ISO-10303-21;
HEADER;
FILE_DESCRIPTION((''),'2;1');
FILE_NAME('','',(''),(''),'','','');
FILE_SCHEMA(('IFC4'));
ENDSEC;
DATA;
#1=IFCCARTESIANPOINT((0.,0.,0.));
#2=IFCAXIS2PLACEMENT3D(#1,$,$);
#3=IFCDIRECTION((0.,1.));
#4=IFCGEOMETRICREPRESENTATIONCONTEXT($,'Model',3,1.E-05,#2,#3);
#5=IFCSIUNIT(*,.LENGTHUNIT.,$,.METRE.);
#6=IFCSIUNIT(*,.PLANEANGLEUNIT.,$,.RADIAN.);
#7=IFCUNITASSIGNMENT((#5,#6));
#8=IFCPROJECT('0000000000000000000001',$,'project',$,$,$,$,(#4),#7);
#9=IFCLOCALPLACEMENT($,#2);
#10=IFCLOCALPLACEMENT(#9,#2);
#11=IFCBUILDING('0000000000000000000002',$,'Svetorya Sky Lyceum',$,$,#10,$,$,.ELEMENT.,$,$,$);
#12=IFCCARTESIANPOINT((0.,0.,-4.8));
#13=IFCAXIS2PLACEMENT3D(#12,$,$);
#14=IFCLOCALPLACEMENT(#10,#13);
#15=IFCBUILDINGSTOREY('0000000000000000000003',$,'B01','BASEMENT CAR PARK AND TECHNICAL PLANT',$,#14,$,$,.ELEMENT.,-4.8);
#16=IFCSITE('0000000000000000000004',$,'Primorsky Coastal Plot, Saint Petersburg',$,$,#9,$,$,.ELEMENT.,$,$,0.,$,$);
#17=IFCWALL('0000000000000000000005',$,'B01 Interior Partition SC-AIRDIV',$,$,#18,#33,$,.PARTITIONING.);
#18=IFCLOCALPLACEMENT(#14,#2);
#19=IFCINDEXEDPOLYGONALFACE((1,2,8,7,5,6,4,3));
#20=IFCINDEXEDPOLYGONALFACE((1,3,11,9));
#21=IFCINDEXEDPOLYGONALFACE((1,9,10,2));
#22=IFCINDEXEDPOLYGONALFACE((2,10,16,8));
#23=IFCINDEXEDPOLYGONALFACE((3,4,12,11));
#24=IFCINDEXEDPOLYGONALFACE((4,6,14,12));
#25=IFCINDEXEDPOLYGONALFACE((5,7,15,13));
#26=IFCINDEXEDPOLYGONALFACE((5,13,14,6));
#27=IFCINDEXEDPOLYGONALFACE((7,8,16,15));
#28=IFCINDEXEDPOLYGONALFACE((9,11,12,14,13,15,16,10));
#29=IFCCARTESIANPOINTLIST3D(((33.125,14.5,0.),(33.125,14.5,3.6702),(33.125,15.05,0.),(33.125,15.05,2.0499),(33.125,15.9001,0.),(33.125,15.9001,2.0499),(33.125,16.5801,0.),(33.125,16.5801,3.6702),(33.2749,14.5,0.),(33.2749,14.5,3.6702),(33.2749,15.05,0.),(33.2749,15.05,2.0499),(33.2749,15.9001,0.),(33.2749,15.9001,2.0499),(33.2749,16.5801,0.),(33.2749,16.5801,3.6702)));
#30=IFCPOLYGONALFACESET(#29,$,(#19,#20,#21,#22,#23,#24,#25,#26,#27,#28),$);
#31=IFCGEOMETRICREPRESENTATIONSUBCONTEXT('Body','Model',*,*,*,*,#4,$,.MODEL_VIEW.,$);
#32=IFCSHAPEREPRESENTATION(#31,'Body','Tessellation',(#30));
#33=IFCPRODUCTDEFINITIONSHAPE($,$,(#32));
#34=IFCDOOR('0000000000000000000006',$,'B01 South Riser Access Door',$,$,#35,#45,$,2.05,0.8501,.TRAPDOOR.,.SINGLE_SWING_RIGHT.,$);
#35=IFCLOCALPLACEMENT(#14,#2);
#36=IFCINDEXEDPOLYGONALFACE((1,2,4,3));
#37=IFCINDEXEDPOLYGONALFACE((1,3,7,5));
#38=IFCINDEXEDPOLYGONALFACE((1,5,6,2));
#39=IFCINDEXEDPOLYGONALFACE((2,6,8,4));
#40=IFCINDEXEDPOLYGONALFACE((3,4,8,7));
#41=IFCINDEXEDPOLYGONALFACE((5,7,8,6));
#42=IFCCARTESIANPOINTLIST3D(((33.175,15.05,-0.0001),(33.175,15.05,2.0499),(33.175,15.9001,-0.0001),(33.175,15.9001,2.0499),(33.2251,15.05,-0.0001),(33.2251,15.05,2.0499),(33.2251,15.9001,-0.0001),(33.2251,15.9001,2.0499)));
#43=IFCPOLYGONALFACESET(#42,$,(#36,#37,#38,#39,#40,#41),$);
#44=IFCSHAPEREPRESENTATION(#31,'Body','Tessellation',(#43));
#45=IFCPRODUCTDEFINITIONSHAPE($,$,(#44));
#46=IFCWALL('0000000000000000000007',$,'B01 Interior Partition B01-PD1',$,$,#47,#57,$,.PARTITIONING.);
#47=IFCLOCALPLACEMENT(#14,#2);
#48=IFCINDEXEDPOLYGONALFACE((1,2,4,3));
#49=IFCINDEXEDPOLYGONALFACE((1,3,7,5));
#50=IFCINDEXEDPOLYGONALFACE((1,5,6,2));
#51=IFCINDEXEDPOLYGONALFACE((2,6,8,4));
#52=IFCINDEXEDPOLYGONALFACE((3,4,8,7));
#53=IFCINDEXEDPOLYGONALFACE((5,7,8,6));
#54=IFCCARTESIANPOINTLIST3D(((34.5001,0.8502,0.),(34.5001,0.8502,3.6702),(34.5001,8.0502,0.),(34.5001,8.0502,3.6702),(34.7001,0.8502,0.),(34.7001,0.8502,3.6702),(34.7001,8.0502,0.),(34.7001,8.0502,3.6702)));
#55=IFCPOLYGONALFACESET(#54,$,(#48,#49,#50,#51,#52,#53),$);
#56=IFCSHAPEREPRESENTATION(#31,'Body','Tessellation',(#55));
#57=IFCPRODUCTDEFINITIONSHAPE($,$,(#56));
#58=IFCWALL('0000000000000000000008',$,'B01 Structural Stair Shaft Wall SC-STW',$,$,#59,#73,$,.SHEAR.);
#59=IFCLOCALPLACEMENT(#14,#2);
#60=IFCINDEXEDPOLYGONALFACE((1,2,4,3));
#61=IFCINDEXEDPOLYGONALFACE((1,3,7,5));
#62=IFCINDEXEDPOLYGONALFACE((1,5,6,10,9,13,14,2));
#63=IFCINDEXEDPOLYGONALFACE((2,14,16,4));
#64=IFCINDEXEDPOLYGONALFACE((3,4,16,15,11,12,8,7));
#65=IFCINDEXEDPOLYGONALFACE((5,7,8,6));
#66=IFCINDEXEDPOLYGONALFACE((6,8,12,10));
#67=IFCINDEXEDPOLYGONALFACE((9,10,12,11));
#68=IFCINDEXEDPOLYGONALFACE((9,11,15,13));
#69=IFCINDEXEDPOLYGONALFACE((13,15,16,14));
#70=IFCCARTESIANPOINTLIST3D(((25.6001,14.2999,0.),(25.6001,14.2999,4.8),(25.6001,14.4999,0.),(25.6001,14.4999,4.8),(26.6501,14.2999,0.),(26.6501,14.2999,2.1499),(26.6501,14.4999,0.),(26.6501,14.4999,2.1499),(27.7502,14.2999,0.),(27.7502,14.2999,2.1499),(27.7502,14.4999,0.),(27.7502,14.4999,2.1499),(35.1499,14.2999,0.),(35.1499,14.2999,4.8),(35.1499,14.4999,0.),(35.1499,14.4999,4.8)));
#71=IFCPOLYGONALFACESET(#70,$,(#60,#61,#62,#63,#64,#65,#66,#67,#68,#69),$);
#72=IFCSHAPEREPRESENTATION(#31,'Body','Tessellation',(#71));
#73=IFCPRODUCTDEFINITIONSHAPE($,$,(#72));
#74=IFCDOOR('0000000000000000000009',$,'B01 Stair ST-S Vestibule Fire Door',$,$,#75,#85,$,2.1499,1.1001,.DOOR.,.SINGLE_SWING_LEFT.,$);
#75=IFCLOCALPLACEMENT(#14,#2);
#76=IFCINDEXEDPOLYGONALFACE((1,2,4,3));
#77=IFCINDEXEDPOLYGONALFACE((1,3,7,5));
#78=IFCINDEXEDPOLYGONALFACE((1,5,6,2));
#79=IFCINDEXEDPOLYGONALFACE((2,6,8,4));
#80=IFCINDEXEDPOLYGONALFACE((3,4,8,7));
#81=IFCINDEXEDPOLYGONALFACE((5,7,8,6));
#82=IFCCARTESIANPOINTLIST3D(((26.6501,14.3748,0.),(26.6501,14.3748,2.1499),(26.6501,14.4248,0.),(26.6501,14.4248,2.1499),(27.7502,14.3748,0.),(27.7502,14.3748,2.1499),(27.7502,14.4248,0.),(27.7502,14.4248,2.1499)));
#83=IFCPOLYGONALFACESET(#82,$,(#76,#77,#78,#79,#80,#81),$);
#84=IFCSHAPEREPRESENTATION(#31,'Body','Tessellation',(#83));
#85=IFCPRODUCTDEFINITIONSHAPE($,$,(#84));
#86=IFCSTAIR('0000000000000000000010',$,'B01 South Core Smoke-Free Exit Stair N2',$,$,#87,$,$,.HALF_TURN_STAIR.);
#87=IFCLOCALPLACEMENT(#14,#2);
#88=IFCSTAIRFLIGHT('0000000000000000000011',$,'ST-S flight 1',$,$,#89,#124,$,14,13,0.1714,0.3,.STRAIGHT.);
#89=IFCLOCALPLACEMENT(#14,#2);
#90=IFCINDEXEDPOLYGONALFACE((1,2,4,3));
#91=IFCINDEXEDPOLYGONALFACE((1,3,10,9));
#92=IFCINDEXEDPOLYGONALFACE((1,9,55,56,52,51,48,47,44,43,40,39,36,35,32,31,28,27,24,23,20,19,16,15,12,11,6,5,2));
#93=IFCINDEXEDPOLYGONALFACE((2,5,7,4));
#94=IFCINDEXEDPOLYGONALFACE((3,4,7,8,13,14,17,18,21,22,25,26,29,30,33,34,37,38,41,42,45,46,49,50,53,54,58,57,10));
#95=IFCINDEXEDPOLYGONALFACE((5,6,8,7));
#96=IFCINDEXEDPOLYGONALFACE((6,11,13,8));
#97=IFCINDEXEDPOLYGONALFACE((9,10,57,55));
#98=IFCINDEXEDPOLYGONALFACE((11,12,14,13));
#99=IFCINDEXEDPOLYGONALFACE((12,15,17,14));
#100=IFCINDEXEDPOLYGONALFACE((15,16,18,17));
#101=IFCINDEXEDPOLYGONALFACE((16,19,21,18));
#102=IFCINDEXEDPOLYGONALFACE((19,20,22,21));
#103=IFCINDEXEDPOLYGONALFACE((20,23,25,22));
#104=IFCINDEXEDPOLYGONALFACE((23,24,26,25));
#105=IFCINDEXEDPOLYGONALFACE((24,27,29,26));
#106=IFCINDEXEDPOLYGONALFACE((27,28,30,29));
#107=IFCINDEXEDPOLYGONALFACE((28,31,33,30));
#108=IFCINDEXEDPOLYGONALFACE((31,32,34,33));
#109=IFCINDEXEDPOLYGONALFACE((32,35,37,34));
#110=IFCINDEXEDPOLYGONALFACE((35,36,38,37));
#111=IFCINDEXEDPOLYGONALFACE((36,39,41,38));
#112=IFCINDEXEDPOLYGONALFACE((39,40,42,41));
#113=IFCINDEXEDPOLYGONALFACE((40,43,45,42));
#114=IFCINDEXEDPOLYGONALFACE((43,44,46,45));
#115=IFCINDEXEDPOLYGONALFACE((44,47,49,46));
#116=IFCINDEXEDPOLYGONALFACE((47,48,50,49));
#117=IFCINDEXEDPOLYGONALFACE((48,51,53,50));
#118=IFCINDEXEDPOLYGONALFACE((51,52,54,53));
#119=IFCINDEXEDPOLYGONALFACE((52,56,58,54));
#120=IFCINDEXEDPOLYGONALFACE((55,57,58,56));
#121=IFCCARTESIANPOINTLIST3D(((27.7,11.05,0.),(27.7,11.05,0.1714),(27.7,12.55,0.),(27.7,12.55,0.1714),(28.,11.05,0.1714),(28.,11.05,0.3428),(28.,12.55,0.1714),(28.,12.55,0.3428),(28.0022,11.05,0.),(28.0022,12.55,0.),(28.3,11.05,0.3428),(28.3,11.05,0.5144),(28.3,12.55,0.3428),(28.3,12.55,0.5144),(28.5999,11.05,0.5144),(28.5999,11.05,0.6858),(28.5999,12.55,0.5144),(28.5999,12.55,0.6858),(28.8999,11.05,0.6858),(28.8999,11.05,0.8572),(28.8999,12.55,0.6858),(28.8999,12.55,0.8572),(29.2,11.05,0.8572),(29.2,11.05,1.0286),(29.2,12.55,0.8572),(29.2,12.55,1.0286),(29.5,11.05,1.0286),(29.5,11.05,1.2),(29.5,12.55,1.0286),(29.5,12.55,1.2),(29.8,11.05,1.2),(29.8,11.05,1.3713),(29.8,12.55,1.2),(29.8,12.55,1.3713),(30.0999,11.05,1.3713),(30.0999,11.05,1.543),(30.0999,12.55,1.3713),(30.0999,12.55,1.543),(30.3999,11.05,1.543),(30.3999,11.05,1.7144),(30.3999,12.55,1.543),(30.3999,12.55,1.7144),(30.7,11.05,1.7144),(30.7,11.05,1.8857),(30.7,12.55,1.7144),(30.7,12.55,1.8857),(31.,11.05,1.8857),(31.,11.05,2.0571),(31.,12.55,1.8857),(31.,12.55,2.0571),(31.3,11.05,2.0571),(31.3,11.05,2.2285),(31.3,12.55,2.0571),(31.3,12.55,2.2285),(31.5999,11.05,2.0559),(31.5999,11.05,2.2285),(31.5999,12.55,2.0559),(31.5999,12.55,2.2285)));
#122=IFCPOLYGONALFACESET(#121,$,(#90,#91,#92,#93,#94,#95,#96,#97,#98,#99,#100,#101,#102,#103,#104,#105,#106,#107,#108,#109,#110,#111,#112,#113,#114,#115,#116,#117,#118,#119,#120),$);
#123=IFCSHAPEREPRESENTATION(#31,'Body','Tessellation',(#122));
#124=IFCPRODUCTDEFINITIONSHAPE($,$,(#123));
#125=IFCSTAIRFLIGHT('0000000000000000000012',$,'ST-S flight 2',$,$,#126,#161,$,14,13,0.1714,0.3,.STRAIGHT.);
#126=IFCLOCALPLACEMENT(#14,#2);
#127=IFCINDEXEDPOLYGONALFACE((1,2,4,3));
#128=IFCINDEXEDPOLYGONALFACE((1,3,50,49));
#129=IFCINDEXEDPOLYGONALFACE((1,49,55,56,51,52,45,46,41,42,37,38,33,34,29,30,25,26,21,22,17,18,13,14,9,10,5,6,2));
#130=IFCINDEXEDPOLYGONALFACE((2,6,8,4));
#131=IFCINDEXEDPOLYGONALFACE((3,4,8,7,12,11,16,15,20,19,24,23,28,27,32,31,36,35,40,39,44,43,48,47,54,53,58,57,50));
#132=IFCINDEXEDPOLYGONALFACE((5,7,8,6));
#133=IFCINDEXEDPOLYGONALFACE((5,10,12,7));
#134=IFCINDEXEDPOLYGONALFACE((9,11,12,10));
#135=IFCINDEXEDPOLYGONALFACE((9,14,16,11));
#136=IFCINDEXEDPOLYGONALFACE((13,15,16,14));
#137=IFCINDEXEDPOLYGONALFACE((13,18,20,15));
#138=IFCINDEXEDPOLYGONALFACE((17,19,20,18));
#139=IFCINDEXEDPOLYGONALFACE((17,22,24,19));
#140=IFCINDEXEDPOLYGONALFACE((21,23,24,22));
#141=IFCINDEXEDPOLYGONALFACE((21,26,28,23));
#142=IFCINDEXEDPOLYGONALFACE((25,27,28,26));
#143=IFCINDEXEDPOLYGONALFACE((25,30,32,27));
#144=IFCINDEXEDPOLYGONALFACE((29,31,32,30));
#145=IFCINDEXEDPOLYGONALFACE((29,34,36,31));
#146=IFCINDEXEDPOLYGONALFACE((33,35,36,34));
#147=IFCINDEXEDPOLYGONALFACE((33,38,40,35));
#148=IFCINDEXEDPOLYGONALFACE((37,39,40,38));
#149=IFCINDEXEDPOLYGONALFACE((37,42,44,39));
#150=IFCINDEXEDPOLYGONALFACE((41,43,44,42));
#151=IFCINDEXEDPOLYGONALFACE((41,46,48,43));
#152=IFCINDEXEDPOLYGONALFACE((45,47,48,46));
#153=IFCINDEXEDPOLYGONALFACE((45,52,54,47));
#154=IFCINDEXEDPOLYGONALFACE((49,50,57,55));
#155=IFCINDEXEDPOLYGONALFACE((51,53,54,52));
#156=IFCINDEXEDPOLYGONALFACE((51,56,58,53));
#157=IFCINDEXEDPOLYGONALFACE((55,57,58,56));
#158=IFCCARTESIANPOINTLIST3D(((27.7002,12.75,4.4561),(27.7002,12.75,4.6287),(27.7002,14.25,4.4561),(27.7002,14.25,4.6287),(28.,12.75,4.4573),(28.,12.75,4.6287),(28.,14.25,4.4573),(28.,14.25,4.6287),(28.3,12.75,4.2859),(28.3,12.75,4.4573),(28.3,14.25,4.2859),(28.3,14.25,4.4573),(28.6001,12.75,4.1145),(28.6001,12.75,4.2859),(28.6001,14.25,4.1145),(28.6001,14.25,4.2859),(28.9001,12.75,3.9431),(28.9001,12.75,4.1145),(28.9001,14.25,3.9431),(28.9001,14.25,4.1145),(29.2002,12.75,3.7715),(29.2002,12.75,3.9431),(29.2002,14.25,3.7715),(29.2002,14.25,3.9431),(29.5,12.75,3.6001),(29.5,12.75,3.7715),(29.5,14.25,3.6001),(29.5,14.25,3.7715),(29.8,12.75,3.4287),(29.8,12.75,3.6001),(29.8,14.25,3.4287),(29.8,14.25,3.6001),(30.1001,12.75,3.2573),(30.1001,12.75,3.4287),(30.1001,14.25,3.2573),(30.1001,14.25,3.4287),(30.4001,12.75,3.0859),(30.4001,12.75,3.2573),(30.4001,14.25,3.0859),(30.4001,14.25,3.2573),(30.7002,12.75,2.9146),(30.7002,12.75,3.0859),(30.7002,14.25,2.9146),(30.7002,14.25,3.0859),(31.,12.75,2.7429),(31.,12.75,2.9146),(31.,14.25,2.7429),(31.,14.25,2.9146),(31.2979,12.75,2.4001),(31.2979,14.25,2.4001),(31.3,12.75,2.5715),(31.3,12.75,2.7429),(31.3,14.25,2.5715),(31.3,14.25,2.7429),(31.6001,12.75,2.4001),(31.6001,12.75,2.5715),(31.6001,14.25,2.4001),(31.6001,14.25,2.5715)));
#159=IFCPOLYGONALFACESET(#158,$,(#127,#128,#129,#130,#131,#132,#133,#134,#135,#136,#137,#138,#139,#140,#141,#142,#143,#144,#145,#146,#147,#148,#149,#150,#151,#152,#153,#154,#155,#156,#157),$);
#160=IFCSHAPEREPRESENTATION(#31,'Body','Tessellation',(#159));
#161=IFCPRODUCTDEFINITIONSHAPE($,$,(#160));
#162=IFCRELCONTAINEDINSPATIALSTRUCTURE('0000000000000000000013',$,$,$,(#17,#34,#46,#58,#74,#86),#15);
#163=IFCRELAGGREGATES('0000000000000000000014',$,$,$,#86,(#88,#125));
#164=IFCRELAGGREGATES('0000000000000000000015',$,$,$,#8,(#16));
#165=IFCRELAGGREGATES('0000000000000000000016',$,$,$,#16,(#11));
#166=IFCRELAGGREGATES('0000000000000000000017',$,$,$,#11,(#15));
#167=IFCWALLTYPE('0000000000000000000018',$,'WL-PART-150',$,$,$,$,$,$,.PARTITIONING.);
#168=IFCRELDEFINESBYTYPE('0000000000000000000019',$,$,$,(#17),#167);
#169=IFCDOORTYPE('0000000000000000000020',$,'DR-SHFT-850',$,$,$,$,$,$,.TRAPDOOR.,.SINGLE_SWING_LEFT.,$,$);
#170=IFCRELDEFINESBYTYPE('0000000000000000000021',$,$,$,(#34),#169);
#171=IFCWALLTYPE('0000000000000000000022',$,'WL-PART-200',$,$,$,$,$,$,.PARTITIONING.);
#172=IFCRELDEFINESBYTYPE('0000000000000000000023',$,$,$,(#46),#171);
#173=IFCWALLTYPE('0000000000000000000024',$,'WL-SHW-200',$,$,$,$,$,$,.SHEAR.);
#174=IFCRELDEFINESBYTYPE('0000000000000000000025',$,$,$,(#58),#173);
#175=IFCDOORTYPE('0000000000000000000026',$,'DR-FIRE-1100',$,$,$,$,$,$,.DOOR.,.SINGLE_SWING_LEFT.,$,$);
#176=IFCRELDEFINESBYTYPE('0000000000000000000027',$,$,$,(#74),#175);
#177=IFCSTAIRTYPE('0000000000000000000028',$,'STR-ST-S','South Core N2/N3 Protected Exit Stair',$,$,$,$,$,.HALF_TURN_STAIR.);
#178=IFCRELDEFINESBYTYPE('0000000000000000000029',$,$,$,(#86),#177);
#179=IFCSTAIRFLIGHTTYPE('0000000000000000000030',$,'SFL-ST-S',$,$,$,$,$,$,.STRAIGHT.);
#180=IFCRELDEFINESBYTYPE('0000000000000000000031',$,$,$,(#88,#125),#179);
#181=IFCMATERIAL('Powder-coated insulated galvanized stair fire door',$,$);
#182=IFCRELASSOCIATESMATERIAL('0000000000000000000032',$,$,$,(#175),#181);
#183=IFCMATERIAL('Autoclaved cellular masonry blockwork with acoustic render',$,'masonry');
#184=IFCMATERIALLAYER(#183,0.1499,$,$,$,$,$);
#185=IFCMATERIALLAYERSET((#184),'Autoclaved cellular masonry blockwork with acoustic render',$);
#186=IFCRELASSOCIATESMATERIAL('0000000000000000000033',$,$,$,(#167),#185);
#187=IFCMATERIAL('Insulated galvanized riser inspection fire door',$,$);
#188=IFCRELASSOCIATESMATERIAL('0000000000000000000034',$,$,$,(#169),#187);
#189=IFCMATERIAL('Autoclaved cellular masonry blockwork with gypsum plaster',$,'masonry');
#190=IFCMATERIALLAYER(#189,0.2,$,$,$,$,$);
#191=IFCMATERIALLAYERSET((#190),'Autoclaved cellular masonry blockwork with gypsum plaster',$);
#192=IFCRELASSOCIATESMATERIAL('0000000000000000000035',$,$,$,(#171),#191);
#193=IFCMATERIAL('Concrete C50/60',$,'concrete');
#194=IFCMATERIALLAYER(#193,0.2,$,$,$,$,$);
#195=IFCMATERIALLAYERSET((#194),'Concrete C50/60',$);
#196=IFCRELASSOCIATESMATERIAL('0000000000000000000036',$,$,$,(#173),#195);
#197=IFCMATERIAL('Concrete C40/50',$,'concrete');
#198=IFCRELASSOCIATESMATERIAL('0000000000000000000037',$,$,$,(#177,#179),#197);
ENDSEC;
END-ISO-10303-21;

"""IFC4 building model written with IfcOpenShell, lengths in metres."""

from ifc_helpers import new_model, si_unit, direction, frame, frame_2d, origin, place, context, subcontext, project, spatial, polyline, rectangle, outline, extrude, material, layer, layer_set, type_object, element, fill, aggregate, save


model = new_model("IFC4")

# Units and contexts
model_context = context("Model", 3, precision=1e-05, world=origin(), true_north=direction((0.0, 1.0)))
body_context = subcontext(model_context, "Body", "Model", "MODEL_VIEW")
ifc_project = project(units=[si_unit("LENGTHUNIT", "METRE"), si_unit("PLANEANGLEUNIT", "RADIAN")], contexts=[model_context])

# Site, building, storey
site_placement = place(None, origin())
site = spatial("IfcSite", under=ifc_project, at=site_placement, Name="Primorsky Coastal Plot, Saint Petersburg", CompositionType="ELEMENT", RefElevation=0.0)
building_placement = place(site_placement, origin())
building = spatial("IfcBuilding", under=site, at=building_placement, Name="Svetorya Sky Lyceum", CompositionType="ELEMENT")
storey_placement = place(building_placement, frame((0.0, 0.0, -4.8)))
storey = spatial("IfcBuildingStorey", under=building, at=storey_placement, Name="B01", Description="BASEMENT CAR PARK AND TECHNICAL PLANT", CompositionType="ELEMENT", Elevation=-4.8)

# Shared definitions
ifc_material_1 = material(Name="Concrete C40/50", Category="concrete")

# Shared definitions
ifc_material_2 = material(Name="Powder-coated insulated galvanized stair fire door")
door_type_1 = type_object("IfcDoorType", Name="DR-FIRE-1100", OperationType="SINGLE_SWING_LEFT", PredefinedType="DOOR", material=ifc_material_2)

# Wall, opening, door
ifc_material_3 = material(Name="Autoclaved cellular masonry blockwork with acoustic render", Category="masonry")
ifc_layer_1 = layer(ifc_material_3, 0.1499)
ifc_layer_set_1 = layer_set([ifc_layer_1], Name="Autoclaved cellular masonry blockwork with acoustic render")
wall_type_1 = type_object("IfcWallType", Name="WL-PART-150", PredefinedType="PARTITIONING", material=ifc_layer_set_1)
wall_1_placement = place(storey_placement, frame((33.2, 14.5, 0.0), z_axis=(0.0, 0.0, 1.0), x_axis=(0.0, 1.0, 0.0)))
wall_1 = element("IfcWall", 1, at=wall_1_placement, inside=storey, type_object=wall_type_1, Name="B01 Interior Partition SC-AIRDIV", PredefinedType="PARTITIONING", context=body_context, shape_type="SweptSolid", body=[
    extrude(rectangle(XDim=2.0801, YDim=0.1499, at=frame_2d((1.04, 0.0))), origin(), (0.0, 0.0, 1.0), 3.6702),
])
opening_1_placement = place(wall_1_placement, frame((0.55, 0.0, 0.0)))
opening_1 = element("IfcOpeningElement", 2, at=opening_1_placement, cuts=wall_1, PredefinedType="OPENING", context=body_context, shape_type="SweptSolid", body=[
    extrude(rectangle(XDim=0.8501, YDim=2.05, at=frame_2d((0.425, 1.0249))), frame((0.0, 0.085, 0.0), z_axis=(0.0, -1.0, 0.0), x_axis=(1.0, 0.0, 0.0)), (0.0, 0.0, 1.0), 0.1699),
])
ifc_material_4 = material(Name="Insulated galvanized riser inspection fire door")
door_type_2 = type_object("IfcDoorType", Name="DR-SHFT-850", OperationType="SINGLE_SWING_LEFT", PredefinedType="TRAPDOOR", material=ifc_material_4)
door_1_placement = place(opening_1_placement, origin())
door_1 = element("IfcDoor", 3, at=door_1_placement, inside=storey, type_object=door_type_2, Name="B01 South Riser Access Door", OperationType="SINGLE_SWING_RIGHT", OverallHeight=2.05, OverallWidth=0.8501, PredefinedType="TRAPDOOR", context=body_context, shape_type="SweptSolid", body=[
    extrude(rectangle(XDim=0.8501, YDim=2.05, at=frame_2d((0.425, 1.0249))), frame((0.0, 0.0249, 0.0), z_axis=(0.0, -1.0, 0.0), x_axis=(1.0, 0.0, 0.0)), (0.0, 0.0, 1.0), 0.05),
])
fill(opening_1, door_1)

# Wall
ifc_material_5 = material(Name="Autoclaved cellular masonry blockwork with gypsum plaster", Category="masonry")
ifc_layer_2 = layer(ifc_material_5, 0.2)
ifc_layer_set_2 = layer_set([ifc_layer_2], Name="Autoclaved cellular masonry blockwork with gypsum plaster")
wall_type_2 = type_object("IfcWallType", Name="WL-PART-200", PredefinedType="PARTITIONING", material=ifc_layer_set_2)
wall_2_placement = place(storey_placement, frame((34.6001, 0.8501, 0.0), z_axis=(0.0, 0.0, 1.0), x_axis=(0.0, 1.0, 0.0)))
element("IfcWall", 4, at=wall_2_placement, inside=storey, type_object=wall_type_2, Name="B01 Interior Partition B01-PD1", PredefinedType="PARTITIONING", context=body_context, shape_type="SweptSolid", body=[
    extrude(rectangle(XDim=7.2, YDim=0.2, at=frame_2d((3.6001, 0.0))), origin(), (0.0, 0.0, 1.0), 3.6702),
])

# Wall, opening, door
ifc_material_6 = material(Name="Concrete C50/60", Category="concrete")
ifc_layer_3 = layer(ifc_material_6, 0.2)
ifc_layer_set_3 = layer_set([ifc_layer_3], Name="Concrete C50/60")
wall_type_3 = type_object("IfcWallType", Name="WL-SHW-200", PredefinedType="SHEAR", material=ifc_layer_set_3)
wall_3_placement = place(storey_placement, frame((25.6001, 14.3999, 0.0), z_axis=(0.0, 0.0, 1.0), x_axis=(1.0, 0.0, 0.0)))
wall_3 = element("IfcWall", 5, at=wall_3_placement, inside=storey, type_object=wall_type_3, Name="B01 Structural Stair Shaft Wall SC-STW", PredefinedType="SHEAR", context=body_context, shape_type="SweptSolid", body=[
    extrude(rectangle(XDim=9.5498, YDim=0.2, at=frame_2d((4.7749, 0.0))), origin(), (0.0, 0.0, 1.0), 4.8),
])
opening_2_placement = place(wall_3_placement, frame((1.05, 0.0, 0.0)))
opening_2 = element("IfcOpeningElement", 6, at=opening_2_placement, cuts=wall_3, PredefinedType="OPENING", context=body_context, shape_type="SweptSolid", body=[
    extrude(rectangle(XDim=1.1001, YDim=2.1499, at=frame_2d((0.55, 1.075))), frame((0.0, 0.1099, 0.0), z_axis=(0.0, -1.0, 0.0), x_axis=(1.0, 0.0, 0.0)), (0.0, 0.0, 1.0), 0.22),
])
door_2_placement = place(opening_2_placement, origin())
door_2 = element("IfcDoor", 7, at=door_2_placement, inside=storey, type_object=door_type_1, Name="B01 Stair ST-S Vestibule Fire Door", OperationType="SINGLE_SWING_LEFT", OverallHeight=2.1499, OverallWidth=1.1001, PredefinedType="DOOR", context=body_context, shape_type="SweptSolid", body=[
    extrude(rectangle(XDim=1.1001, YDim=2.1499, at=frame_2d((0.55, 1.075))), frame((0.0, 0.0249, 0.0), z_axis=(0.0, -1.0, 0.0), x_axis=(1.0, 0.0, 0.0)), (0.0, 0.0, 1.0), 0.05),
])
fill(opening_2, door_2)

# Stair, stair flights
stair_type = type_object("IfcStairType", Name="STR-ST-S", Description="South Core N2/N3 Protected Exit Stair", PredefinedType="HALF_TURN_STAIR", material=ifc_material_1)
stair_placement = place(storey_placement, origin())
stair = element("IfcStair", 8, at=stair_placement, inside=storey, type_object=stair_type, Name="B01 South Core Smoke-Free Exit Stair N2", PredefinedType="HALF_TURN_STAIR")
stair_flight_type = type_object("IfcStairFlightType", Name="SFL-ST-S", PredefinedType="STRAIGHT", material=ifc_material_1)
stair_flight_1_placement = place(storey_placement, frame((27.7, 11.8, 0.0), z_axis=(0.0, 0.0, 1.0), x_axis=(1.0, 0.0, 0.0)))
stair_flight_1 = element("IfcStairFlight", 9, at=stair_flight_1_placement, type_object=stair_flight_type, Name="ST-S flight 1", NumberOfRisers=14, NumberOfTreads=13, PredefinedType="STRAIGHT", RiserHeight=0.1714, TreadLength=0.3, context=body_context, shape_type="SweptSolid", body=[
    extrude(outline(polyline([(0.0, 0.0), (0.0, 0.1714), (0.3, 0.1714), (0.3, 0.3428), (0.6001, 0.3428), (0.6001, 0.5144), (0.8999, 0.5144), (0.8999, 0.6858), (1.2, 0.6858), (1.2, 0.8572), (1.5, 0.8572), (1.5, 1.0286), (1.8, 1.0286), (1.8, 1.2), (2.1001, 1.2), (2.1001, 1.3713), (2.3999, 1.3713), (2.3999, 1.543), (2.7, 1.543), (2.7, 1.7144), (3.0, 1.7144), (3.0, 1.8857), (3.3, 1.8857), (3.3, 2.0571), (3.6001, 2.0571), (3.6001, 2.2285), (3.8999, 2.2285), (3.8999, 2.3999), (3.8999, 2.0559), (0.3022, 0.0), (0.0, 0.0)])), frame((0.0, 0.75, 0.0), z_axis=(0.0, -1.0, 0.0), x_axis=(1.0, 0.0, 0.0)), (0.0, 0.0, 1.0), 1.5),
])
stair_flight_2_placement = place(storey_placement, frame((31.6001, 13.5, 2.4001), z_axis=(0.0, 0.0, 1.0), x_axis=(-1.0, 0.0, 0.0)))
stair_flight_2 = element("IfcStairFlight", 10, at=stair_flight_2_placement, type_object=stair_flight_type, Name="ST-S flight 2", NumberOfRisers=14, NumberOfTreads=13, PredefinedType="STRAIGHT", RiserHeight=0.1714, TreadLength=0.3, context=body_context, shape_type="SweptSolid", body=[
    extrude(outline(polyline([(0.0, 0.0), (0.0, 0.1714), (0.3, 0.1714), (0.3, 0.3428), (0.6001, 0.3428), (0.6001, 0.5144), (0.8999, 0.5144), (0.8999, 0.6858), (1.2, 0.6858), (1.2, 0.8572), (1.5, 0.8572), (1.5, 1.0286), (1.8, 1.0286), (1.8, 1.2), (2.1001, 1.2), (2.1001, 1.3713), (2.3999, 1.3713), (2.3999, 1.543), (2.7, 1.543), (2.7, 1.7144), (3.0, 1.7144), (3.0, 1.8857), (3.3, 1.8857), (3.3, 2.0571), (3.6001, 2.0571), (3.6001, 2.2285), (3.8999, 2.2285), (3.8999, 2.3999), (3.8999, 2.0559), (0.3022, 0.0), (0.0, 0.0)])), frame((0.0, 0.75, 0.0), z_axis=(0.0, -1.0, 0.0), x_axis=(1.0, 0.0, 0.0)), (0.0, 0.0, 1.0), 1.5),
])
aggregate(stair, [stair_flight_1, stair_flight_2])

save(model, "model.ifc")
